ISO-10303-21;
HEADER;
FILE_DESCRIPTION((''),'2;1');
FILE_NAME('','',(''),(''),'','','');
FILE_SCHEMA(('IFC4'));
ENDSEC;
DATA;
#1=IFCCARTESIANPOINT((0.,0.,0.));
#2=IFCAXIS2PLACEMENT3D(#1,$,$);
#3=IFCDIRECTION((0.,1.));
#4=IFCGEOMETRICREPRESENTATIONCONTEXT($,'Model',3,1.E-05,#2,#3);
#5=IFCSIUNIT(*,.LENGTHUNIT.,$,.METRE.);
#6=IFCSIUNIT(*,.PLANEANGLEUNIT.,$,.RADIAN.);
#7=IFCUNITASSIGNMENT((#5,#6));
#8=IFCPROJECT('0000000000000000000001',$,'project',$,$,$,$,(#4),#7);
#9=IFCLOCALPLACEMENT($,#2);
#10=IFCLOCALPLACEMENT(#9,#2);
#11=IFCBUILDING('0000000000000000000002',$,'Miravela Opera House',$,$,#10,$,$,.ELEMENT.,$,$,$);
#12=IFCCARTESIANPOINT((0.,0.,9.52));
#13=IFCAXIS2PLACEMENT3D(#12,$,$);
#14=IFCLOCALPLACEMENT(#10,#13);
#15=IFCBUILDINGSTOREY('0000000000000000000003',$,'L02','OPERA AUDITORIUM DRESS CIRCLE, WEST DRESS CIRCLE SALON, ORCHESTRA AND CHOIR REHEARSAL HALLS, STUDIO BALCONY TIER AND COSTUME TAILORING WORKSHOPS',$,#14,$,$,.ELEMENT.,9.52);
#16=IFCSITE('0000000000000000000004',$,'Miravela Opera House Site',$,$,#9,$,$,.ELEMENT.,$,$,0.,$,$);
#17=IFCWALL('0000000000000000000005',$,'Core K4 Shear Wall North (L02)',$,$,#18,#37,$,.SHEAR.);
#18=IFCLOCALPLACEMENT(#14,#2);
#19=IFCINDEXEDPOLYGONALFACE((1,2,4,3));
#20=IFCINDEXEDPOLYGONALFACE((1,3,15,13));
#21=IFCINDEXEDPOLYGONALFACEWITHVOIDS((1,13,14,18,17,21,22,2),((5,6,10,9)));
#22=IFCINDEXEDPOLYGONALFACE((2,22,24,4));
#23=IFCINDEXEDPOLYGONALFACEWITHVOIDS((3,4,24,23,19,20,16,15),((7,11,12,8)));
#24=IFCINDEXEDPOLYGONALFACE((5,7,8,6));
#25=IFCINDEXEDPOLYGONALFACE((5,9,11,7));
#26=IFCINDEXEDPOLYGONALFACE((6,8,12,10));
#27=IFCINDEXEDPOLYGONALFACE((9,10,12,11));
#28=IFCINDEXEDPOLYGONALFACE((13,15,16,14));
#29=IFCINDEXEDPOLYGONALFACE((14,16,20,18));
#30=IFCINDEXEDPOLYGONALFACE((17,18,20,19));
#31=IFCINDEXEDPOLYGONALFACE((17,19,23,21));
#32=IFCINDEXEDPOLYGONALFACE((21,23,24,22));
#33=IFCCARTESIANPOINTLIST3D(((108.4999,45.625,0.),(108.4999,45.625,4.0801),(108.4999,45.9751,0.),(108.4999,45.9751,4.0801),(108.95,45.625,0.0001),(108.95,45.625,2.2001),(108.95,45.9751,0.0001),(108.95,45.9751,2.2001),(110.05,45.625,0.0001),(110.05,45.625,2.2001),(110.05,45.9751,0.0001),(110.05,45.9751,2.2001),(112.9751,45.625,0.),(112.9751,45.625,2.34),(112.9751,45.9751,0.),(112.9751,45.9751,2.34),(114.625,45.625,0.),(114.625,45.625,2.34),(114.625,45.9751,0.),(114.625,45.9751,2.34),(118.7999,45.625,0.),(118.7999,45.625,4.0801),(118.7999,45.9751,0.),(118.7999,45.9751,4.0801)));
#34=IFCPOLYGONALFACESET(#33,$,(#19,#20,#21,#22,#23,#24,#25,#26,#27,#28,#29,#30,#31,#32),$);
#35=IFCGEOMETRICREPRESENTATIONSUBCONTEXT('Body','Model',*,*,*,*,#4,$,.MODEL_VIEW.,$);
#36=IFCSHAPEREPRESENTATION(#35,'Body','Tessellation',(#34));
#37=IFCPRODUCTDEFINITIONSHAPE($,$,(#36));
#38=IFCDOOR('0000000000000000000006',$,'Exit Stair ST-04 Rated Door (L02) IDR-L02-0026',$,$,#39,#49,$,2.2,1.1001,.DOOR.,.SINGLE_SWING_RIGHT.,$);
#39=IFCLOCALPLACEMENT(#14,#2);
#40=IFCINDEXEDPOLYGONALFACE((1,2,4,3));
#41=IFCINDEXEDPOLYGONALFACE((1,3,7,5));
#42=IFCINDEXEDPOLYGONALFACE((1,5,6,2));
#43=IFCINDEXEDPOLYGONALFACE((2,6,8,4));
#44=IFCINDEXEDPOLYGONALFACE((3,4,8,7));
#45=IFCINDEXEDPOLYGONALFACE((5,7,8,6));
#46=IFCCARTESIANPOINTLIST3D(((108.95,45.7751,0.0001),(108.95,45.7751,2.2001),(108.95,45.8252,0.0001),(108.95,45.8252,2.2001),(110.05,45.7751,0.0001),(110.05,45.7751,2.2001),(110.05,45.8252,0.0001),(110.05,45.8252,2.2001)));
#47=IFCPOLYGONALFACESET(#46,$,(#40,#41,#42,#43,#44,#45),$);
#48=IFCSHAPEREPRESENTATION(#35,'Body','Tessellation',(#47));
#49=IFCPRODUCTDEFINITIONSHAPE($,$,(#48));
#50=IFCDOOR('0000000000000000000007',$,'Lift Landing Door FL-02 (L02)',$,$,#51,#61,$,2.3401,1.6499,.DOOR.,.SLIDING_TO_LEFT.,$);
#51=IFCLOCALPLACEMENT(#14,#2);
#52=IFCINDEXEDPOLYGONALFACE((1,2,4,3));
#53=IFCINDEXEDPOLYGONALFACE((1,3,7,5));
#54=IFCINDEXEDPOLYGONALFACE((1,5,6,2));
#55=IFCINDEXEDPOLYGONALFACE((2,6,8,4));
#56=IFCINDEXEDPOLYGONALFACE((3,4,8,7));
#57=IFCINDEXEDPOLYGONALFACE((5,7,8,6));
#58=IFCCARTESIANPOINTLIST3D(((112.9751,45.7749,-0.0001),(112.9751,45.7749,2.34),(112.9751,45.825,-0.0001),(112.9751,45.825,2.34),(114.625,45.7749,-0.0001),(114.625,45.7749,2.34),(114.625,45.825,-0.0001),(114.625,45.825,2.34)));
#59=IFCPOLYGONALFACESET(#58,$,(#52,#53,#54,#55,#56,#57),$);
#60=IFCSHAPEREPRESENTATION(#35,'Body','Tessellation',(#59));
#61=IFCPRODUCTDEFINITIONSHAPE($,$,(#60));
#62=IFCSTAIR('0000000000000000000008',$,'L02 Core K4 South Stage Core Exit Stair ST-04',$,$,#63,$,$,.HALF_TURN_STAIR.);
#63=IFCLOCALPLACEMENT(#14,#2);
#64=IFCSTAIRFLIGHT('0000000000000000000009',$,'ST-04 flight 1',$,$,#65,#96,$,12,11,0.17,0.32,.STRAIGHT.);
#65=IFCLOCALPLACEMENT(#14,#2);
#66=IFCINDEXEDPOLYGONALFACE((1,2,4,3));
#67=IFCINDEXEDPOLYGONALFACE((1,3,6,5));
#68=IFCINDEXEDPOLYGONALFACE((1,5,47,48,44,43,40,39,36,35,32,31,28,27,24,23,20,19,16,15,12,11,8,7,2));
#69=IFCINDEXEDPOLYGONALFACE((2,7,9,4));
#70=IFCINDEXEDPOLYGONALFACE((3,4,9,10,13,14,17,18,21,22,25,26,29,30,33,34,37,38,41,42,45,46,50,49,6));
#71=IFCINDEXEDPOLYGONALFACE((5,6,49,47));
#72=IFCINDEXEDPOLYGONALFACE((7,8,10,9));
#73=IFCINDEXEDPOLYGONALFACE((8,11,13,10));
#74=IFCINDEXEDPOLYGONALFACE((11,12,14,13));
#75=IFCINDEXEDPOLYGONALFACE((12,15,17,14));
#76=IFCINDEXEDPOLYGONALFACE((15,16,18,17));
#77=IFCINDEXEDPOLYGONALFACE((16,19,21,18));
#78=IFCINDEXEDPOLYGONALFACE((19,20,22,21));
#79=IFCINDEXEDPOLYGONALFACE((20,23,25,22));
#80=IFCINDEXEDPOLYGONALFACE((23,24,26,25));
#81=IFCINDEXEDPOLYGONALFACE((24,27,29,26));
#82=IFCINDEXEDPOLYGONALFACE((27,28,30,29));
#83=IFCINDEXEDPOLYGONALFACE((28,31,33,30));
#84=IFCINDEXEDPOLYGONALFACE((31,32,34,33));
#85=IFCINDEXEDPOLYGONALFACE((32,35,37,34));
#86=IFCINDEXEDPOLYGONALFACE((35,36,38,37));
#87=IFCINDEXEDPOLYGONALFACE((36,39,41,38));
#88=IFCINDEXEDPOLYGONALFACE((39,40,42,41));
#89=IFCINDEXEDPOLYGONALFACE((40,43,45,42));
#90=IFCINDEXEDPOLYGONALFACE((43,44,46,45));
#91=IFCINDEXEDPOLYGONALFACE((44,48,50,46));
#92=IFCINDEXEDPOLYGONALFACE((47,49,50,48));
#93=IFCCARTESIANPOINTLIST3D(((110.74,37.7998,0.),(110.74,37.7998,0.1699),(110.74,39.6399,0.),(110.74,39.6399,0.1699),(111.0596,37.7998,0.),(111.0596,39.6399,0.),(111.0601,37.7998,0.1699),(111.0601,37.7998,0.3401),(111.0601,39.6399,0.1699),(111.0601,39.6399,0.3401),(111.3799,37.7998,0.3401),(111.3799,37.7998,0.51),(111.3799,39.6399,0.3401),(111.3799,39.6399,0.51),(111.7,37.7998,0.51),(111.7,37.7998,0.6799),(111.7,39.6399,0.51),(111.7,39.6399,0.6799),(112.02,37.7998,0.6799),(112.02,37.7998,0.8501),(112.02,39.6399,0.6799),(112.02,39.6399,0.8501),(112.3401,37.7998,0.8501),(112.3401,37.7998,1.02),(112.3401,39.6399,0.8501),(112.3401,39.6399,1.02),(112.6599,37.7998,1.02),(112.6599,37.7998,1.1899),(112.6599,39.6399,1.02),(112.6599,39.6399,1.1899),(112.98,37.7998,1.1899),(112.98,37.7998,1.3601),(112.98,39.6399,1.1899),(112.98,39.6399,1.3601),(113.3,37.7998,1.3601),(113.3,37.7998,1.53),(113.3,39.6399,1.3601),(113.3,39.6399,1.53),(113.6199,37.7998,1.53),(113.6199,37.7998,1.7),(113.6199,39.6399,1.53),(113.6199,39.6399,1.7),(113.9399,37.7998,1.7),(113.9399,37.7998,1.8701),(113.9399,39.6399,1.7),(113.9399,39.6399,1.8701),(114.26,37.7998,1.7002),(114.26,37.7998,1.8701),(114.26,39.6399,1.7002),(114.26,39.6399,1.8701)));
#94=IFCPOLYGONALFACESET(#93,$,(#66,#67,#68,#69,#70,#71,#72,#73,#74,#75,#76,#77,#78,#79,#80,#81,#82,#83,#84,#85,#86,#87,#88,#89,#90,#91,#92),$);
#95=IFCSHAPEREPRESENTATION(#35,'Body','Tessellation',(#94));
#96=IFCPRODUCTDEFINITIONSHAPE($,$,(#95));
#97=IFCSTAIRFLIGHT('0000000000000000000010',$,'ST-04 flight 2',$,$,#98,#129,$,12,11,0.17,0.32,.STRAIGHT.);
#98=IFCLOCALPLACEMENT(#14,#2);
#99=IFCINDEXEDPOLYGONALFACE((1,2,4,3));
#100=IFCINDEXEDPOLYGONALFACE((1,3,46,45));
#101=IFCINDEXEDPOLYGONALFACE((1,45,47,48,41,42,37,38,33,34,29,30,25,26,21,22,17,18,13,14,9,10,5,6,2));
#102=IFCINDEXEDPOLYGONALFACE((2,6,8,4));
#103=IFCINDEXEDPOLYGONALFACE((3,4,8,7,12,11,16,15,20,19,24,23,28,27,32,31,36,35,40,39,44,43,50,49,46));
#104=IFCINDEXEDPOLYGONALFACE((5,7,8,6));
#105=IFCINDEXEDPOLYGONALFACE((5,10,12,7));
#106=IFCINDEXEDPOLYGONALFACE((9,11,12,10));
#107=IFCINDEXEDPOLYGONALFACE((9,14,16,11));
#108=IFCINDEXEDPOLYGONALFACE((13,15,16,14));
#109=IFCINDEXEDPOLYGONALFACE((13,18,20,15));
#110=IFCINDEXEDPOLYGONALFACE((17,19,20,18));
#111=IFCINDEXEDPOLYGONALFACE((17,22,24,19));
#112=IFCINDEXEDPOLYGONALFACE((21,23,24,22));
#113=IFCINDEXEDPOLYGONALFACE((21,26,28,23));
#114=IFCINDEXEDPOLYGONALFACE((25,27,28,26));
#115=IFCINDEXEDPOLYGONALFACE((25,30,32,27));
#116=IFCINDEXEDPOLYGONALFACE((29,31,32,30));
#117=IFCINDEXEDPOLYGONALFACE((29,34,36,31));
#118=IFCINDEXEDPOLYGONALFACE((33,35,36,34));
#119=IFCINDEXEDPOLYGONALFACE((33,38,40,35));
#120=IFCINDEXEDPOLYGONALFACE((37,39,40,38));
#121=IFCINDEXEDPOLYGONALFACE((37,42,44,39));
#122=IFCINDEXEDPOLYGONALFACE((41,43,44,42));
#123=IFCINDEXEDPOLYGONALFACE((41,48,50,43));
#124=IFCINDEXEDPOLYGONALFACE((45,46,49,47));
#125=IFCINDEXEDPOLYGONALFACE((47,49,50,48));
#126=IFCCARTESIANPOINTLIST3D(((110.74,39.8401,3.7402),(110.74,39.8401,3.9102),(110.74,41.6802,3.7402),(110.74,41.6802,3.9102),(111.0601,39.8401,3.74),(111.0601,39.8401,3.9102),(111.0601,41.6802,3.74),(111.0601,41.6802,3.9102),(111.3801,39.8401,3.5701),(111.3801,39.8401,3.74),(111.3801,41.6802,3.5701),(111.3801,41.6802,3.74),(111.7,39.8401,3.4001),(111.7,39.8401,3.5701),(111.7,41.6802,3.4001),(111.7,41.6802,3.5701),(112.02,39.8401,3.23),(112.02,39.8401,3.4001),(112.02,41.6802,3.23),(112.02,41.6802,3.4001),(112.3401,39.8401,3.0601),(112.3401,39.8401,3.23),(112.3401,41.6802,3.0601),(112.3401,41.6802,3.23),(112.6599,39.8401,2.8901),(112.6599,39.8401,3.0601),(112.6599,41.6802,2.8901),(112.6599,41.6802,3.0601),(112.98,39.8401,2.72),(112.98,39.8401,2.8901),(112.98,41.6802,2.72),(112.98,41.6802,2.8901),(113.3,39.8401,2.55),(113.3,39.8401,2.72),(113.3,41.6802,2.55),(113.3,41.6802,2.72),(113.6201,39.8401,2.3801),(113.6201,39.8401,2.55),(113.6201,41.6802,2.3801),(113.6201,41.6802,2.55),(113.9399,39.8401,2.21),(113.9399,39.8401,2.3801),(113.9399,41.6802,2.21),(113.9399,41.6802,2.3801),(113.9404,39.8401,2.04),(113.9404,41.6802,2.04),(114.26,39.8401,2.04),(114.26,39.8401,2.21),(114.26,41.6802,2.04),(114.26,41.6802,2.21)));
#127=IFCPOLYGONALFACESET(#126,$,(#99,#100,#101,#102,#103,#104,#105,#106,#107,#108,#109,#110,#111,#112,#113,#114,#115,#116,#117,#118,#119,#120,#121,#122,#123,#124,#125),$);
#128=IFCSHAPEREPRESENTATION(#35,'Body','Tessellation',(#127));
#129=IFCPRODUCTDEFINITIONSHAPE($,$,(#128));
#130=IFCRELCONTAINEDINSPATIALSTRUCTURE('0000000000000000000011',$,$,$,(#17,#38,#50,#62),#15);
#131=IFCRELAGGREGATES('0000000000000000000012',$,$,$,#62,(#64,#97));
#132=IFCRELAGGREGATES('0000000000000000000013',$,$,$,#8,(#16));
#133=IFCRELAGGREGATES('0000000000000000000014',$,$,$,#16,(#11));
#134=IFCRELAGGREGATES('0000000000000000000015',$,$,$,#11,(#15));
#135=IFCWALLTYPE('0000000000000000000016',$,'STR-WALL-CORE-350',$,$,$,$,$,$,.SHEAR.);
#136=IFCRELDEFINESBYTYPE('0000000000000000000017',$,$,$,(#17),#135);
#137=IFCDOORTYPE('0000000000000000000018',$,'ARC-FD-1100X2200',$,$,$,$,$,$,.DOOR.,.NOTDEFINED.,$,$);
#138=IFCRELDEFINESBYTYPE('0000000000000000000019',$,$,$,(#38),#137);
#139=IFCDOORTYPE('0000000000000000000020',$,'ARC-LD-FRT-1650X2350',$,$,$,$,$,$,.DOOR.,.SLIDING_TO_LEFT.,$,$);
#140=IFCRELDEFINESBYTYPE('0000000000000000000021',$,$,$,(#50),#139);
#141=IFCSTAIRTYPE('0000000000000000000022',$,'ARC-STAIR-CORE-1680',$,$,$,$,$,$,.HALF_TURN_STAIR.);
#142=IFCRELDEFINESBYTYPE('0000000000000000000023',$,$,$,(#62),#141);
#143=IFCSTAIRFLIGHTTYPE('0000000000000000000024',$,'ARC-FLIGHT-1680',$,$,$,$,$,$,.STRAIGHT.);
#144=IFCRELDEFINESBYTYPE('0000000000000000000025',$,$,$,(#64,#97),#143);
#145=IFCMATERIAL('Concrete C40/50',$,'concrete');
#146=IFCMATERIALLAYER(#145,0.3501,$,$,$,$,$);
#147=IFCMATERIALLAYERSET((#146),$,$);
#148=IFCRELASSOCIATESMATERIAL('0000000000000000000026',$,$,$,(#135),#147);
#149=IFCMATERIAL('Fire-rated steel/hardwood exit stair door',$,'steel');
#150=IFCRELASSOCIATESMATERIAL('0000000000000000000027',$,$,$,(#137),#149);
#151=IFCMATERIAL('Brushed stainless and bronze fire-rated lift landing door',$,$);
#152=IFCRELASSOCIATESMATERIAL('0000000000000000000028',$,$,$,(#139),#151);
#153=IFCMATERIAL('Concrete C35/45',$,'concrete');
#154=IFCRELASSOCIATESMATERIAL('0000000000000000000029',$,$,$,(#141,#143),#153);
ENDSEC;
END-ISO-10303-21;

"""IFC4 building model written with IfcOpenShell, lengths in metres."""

from ifc_helpers import new_model, si_unit, direction, frame, frame_2d, origin, place, context, subcontext, project, spatial, polyline, rectangle, outline, extrude, material, layer, layer_set, type_object, element, fill, aggregate, save


model = new_model("IFC4")

# Units and contexts
model_context = context("Model", 3, precision=1e-05, world=origin(), true_north=direction((0.0, 1.0)))
body_context = subcontext(model_context, "Body", "Model", "MODEL_VIEW")
ifc_project = project(units=[si_unit("LENGTHUNIT", "METRE"), si_unit("PLANEANGLEUNIT", "RADIAN")], contexts=[model_context])

# Site, building, storey
site_placement = place(None, origin())
site = spatial("IfcSite", under=ifc_project, at=site_placement, Name="Miravela Opera House Site", CompositionType="ELEMENT", RefElevation=0.0)
building_placement = place(site_placement, origin())
building = spatial("IfcBuilding", under=site, at=building_placement, Name="Miravela Opera House", CompositionType="ELEMENT")
storey_placement = place(building_placement, frame((0.0, 0.0, 9.52)))
storey = spatial("IfcBuildingStorey", under=building, at=storey_placement, Name="L02", Description="OPERA AUDITORIUM DRESS CIRCLE, WEST DRESS CIRCLE SALON, ORCHESTRA AND CHOIR REHEARSAL HALLS, STUDIO BALCONY TIER AND COSTUME TAILORING WORKSHOPS", CompositionType="ELEMENT", Elevation=9.52)

# Shared definitions
ifc_material_1 = material(Name="Concrete C35/45", Category="concrete")

# Shared definitions
ifc_material_2 = material(Name="Concrete C40/50", Category="concrete")

# Wall, openings, doors
ifc_layer_1 = layer(ifc_material_2, 0.3501)
ifc_layer_set_1 = layer_set([ifc_layer_1])
wall_type_1 = type_object("IfcWallType", Name="STR-WALL-CORE-350", PredefinedType="SHEAR", material=ifc_layer_set_1)
wall_1_placement = place(storey_placement, frame((108.5, 45.8, 0.0), z_axis=(0.0, 0.0, 1.0), x_axis=(1.0, 0.0, 0.0)))
wall_1 = element("IfcWall", 1, at=wall_1_placement, inside=storey, type_object=wall_type_1, Name="Core K4 Shear Wall North (L02)", PredefinedType="SHEAR", context=body_context, shape_type="SweptSolid", body=[
    extrude(rectangle(XDim=10.3, YDim=0.3501, at=frame_2d((5.1499, 0.0))), origin(), (0.0, 0.0, 1.0), 4.0801),
])
opening_1_placement = place(wall_1_placement, frame((0.45, 0.0, 0.0)))
opening_1 = element("IfcOpeningElement", 2, at=opening_1_placement, cuts=wall_1, PredefinedType="OPENING", context=body_context, shape_type="SweptSolid", body=[
    extrude(rectangle(XDim=1.1001, YDim=2.2, at=frame_2d((0.55, 1.1001))), frame((0.0, 0.1851, 0.0), z_axis=(0.0, -1.0, 0.0), x_axis=(1.0, 0.0, 0.0)), (0.0, 0.0, 1.0), 0.3701),
])
opening_2_placement = place(wall_1_placement, frame((4.4751, 0.0, 0.0)))
opening_2 = element("IfcOpeningElement", 3, at=opening_2_placement, cuts=wall_1, PredefinedType="OPENING", context=body_context, shape_type="SweptSolid", body=[
    extrude(rectangle(XDim=1.6499, YDim=2.3401, at=frame_2d((0.825, 1.1699))), frame((0.0, 0.1851, 0.0), z_axis=(0.0, -1.0, 0.0), x_axis=(1.0, 0.0, 0.0)), (0.0, 0.0, 1.0), 0.3701),
])
ifc_material_3 = material(Name="Fire-rated steel/hardwood exit stair door", Category="steel")
door_type_1 = type_object("IfcDoorType", Name="ARC-FD-1100X2200", OperationType="NOTDEFINED", PredefinedType="DOOR", material=ifc_material_3)
door_1_placement = place(opening_1_placement, frame((1.1001, 0.0, 0.0), z_axis=(0.0, 0.0, 1.0), x_axis=(-1.0, 0.0, 0.0)))
door_1 = element("IfcDoor", 4, at=door_1_placement, inside=storey, type_object=door_type_1, Name="Exit Stair ST-04 Rated Door (L02) IDR-L02-0026", OperationType="SINGLE_SWING_RIGHT", OverallHeight=2.2, OverallWidth=1.1001, PredefinedType="DOOR", context=body_context, shape_type="SweptSolid", body=[
    extrude(rectangle(XDim=1.1001, YDim=2.2, at=frame_2d((0.55, 1.1001))), frame((0.0, 0.0249, 0.0), z_axis=(0.0, -1.0, 0.0), x_axis=(1.0, 0.0, 0.0)), (0.0, 0.0, 1.0), 0.05),
])
fill(opening_1, door_1)
ifc_material_4 = material(Name="Brushed stainless and bronze fire-rated lift landing door")
door_type_2 = type_object("IfcDoorType", Name="ARC-LD-FRT-1650X2350", OperationType="SLIDING_TO_LEFT", PredefinedType="DOOR", material=ifc_material_4)
door_2_placement = place(opening_2_placement, origin())
door_2 = element("IfcDoor", 5, at=door_2_placement, inside=storey, type_object=door_type_2, Name="Lift Landing Door FL-02 (L02)", OperationType="SLIDING_TO_LEFT", OverallHeight=2.3401, OverallWidth=1.6499, PredefinedType="DOOR", context=body_context, shape_type="SweptSolid", body=[
    extrude(rectangle(XDim=1.6499, YDim=2.3401, at=frame_2d((0.825, 1.1699))), frame((0.0, 0.0249, 0.0), z_axis=(0.0, -1.0, 0.0), x_axis=(1.0, 0.0, 0.0)), (0.0, 0.0, 1.0), 0.05),
])
fill(opening_2, door_2)

# Stair, stair flights
stair_type = type_object("IfcStairType", Name="ARC-STAIR-CORE-1680", PredefinedType="HALF_TURN_STAIR", material=ifc_material_1)
stair_placement = place(storey_placement, origin())
stair = element("IfcStair", 6, at=stair_placement, inside=storey, type_object=stair_type, Name="L02 Core K4 South Stage Core Exit Stair ST-04", PredefinedType="HALF_TURN_STAIR")
stair_flight_type = type_object("IfcStairFlightType", Name="ARC-FLIGHT-1680", PredefinedType="STRAIGHT", material=ifc_material_1)
stair_flight_1_placement = place(storey_placement, frame((110.74, 38.72, 0.0), z_axis=(0.0, 0.0, 1.0), x_axis=(1.0, 0.0, 0.0)))
stair_flight_1 = element("IfcStairFlight", 7, at=stair_flight_1_placement, type_object=stair_flight_type, Name="ST-04 flight 1", NumberOfRisers=12, NumberOfTreads=11, PredefinedType="STRAIGHT", RiserHeight=0.17, TreadLength=0.32, context=body_context, shape_type="SweptSolid", body=[
    extrude(outline(polyline([(0.0, 0.0), (0.0, 0.1699), (0.3201, 0.1699), (0.3201, 0.3401), (0.6399, 0.3401), (0.6399, 0.51), (0.96, 0.51), (0.96, 0.6799), (1.28, 0.6799), (1.28, 0.8501), (1.6001, 0.8501), (1.6001, 1.02), (1.9199, 1.02), (1.9199, 1.1899), (2.24, 1.1899), (2.24, 1.3601), (2.5601, 1.3601), (2.5601, 1.53), (2.8799, 1.53), (2.8799, 1.7), (3.2, 1.7), (3.2, 1.8701), (3.52, 1.8701), (3.52, 2.04), (3.52, 1.7002), (0.3196, 0.0), (0.0, 0.0)])), frame((0.0, 0.9199, 0.0), z_axis=(0.0, -1.0, 0.0), x_axis=(1.0, 0.0, 0.0)), (0.0, 0.0, 1.0), 1.8401),
])
stair_flight_2_placement = place(storey_placement, frame((114.26, 40.76, 2.04), z_axis=(0.0, 0.0, 1.0), x_axis=(-1.0, 0.0, 0.0)))
stair_flight_2 = element("IfcStairFlight", 8, at=stair_flight_2_placement, type_object=stair_flight_type, Name="ST-04 flight 2", NumberOfRisers=12, NumberOfTreads=11, PredefinedType="STRAIGHT", RiserHeight=0.17, TreadLength=0.32, context=body_context, shape_type="SweptSolid", body=[
    extrude(outline(polyline([(0.0, 0.0), (0.0, 0.1699), (0.3201, 0.1699), (0.3201, 0.3401), (0.6399, 0.3401), (0.6399, 0.51), (0.96, 0.51), (0.96, 0.6799), (1.28, 0.6799), (1.28, 0.8501), (1.6001, 0.8501), (1.6001, 1.02), (1.9199, 1.02), (1.9199, 1.1899), (2.24, 1.1899), (2.24, 1.3601), (2.5601, 1.3601), (2.5601, 1.53), (2.8799, 1.53), (2.8799, 1.7), (3.2, 1.7), (3.2, 1.8701), (3.52, 1.8701), (3.52, 2.04), (3.52, 1.7002), (0.3196, 0.0), (0.0, 0.0)])), frame((0.0, 0.9199, 0.0), z_axis=(0.0, -1.0, 0.0), x_axis=(1.0, 0.0, 0.0)), (0.0, 0.0, 1.0), 1.8401),
])
aggregate(stair, [stair_flight_1, stair_flight_2])

save(model, "model.ifc")
